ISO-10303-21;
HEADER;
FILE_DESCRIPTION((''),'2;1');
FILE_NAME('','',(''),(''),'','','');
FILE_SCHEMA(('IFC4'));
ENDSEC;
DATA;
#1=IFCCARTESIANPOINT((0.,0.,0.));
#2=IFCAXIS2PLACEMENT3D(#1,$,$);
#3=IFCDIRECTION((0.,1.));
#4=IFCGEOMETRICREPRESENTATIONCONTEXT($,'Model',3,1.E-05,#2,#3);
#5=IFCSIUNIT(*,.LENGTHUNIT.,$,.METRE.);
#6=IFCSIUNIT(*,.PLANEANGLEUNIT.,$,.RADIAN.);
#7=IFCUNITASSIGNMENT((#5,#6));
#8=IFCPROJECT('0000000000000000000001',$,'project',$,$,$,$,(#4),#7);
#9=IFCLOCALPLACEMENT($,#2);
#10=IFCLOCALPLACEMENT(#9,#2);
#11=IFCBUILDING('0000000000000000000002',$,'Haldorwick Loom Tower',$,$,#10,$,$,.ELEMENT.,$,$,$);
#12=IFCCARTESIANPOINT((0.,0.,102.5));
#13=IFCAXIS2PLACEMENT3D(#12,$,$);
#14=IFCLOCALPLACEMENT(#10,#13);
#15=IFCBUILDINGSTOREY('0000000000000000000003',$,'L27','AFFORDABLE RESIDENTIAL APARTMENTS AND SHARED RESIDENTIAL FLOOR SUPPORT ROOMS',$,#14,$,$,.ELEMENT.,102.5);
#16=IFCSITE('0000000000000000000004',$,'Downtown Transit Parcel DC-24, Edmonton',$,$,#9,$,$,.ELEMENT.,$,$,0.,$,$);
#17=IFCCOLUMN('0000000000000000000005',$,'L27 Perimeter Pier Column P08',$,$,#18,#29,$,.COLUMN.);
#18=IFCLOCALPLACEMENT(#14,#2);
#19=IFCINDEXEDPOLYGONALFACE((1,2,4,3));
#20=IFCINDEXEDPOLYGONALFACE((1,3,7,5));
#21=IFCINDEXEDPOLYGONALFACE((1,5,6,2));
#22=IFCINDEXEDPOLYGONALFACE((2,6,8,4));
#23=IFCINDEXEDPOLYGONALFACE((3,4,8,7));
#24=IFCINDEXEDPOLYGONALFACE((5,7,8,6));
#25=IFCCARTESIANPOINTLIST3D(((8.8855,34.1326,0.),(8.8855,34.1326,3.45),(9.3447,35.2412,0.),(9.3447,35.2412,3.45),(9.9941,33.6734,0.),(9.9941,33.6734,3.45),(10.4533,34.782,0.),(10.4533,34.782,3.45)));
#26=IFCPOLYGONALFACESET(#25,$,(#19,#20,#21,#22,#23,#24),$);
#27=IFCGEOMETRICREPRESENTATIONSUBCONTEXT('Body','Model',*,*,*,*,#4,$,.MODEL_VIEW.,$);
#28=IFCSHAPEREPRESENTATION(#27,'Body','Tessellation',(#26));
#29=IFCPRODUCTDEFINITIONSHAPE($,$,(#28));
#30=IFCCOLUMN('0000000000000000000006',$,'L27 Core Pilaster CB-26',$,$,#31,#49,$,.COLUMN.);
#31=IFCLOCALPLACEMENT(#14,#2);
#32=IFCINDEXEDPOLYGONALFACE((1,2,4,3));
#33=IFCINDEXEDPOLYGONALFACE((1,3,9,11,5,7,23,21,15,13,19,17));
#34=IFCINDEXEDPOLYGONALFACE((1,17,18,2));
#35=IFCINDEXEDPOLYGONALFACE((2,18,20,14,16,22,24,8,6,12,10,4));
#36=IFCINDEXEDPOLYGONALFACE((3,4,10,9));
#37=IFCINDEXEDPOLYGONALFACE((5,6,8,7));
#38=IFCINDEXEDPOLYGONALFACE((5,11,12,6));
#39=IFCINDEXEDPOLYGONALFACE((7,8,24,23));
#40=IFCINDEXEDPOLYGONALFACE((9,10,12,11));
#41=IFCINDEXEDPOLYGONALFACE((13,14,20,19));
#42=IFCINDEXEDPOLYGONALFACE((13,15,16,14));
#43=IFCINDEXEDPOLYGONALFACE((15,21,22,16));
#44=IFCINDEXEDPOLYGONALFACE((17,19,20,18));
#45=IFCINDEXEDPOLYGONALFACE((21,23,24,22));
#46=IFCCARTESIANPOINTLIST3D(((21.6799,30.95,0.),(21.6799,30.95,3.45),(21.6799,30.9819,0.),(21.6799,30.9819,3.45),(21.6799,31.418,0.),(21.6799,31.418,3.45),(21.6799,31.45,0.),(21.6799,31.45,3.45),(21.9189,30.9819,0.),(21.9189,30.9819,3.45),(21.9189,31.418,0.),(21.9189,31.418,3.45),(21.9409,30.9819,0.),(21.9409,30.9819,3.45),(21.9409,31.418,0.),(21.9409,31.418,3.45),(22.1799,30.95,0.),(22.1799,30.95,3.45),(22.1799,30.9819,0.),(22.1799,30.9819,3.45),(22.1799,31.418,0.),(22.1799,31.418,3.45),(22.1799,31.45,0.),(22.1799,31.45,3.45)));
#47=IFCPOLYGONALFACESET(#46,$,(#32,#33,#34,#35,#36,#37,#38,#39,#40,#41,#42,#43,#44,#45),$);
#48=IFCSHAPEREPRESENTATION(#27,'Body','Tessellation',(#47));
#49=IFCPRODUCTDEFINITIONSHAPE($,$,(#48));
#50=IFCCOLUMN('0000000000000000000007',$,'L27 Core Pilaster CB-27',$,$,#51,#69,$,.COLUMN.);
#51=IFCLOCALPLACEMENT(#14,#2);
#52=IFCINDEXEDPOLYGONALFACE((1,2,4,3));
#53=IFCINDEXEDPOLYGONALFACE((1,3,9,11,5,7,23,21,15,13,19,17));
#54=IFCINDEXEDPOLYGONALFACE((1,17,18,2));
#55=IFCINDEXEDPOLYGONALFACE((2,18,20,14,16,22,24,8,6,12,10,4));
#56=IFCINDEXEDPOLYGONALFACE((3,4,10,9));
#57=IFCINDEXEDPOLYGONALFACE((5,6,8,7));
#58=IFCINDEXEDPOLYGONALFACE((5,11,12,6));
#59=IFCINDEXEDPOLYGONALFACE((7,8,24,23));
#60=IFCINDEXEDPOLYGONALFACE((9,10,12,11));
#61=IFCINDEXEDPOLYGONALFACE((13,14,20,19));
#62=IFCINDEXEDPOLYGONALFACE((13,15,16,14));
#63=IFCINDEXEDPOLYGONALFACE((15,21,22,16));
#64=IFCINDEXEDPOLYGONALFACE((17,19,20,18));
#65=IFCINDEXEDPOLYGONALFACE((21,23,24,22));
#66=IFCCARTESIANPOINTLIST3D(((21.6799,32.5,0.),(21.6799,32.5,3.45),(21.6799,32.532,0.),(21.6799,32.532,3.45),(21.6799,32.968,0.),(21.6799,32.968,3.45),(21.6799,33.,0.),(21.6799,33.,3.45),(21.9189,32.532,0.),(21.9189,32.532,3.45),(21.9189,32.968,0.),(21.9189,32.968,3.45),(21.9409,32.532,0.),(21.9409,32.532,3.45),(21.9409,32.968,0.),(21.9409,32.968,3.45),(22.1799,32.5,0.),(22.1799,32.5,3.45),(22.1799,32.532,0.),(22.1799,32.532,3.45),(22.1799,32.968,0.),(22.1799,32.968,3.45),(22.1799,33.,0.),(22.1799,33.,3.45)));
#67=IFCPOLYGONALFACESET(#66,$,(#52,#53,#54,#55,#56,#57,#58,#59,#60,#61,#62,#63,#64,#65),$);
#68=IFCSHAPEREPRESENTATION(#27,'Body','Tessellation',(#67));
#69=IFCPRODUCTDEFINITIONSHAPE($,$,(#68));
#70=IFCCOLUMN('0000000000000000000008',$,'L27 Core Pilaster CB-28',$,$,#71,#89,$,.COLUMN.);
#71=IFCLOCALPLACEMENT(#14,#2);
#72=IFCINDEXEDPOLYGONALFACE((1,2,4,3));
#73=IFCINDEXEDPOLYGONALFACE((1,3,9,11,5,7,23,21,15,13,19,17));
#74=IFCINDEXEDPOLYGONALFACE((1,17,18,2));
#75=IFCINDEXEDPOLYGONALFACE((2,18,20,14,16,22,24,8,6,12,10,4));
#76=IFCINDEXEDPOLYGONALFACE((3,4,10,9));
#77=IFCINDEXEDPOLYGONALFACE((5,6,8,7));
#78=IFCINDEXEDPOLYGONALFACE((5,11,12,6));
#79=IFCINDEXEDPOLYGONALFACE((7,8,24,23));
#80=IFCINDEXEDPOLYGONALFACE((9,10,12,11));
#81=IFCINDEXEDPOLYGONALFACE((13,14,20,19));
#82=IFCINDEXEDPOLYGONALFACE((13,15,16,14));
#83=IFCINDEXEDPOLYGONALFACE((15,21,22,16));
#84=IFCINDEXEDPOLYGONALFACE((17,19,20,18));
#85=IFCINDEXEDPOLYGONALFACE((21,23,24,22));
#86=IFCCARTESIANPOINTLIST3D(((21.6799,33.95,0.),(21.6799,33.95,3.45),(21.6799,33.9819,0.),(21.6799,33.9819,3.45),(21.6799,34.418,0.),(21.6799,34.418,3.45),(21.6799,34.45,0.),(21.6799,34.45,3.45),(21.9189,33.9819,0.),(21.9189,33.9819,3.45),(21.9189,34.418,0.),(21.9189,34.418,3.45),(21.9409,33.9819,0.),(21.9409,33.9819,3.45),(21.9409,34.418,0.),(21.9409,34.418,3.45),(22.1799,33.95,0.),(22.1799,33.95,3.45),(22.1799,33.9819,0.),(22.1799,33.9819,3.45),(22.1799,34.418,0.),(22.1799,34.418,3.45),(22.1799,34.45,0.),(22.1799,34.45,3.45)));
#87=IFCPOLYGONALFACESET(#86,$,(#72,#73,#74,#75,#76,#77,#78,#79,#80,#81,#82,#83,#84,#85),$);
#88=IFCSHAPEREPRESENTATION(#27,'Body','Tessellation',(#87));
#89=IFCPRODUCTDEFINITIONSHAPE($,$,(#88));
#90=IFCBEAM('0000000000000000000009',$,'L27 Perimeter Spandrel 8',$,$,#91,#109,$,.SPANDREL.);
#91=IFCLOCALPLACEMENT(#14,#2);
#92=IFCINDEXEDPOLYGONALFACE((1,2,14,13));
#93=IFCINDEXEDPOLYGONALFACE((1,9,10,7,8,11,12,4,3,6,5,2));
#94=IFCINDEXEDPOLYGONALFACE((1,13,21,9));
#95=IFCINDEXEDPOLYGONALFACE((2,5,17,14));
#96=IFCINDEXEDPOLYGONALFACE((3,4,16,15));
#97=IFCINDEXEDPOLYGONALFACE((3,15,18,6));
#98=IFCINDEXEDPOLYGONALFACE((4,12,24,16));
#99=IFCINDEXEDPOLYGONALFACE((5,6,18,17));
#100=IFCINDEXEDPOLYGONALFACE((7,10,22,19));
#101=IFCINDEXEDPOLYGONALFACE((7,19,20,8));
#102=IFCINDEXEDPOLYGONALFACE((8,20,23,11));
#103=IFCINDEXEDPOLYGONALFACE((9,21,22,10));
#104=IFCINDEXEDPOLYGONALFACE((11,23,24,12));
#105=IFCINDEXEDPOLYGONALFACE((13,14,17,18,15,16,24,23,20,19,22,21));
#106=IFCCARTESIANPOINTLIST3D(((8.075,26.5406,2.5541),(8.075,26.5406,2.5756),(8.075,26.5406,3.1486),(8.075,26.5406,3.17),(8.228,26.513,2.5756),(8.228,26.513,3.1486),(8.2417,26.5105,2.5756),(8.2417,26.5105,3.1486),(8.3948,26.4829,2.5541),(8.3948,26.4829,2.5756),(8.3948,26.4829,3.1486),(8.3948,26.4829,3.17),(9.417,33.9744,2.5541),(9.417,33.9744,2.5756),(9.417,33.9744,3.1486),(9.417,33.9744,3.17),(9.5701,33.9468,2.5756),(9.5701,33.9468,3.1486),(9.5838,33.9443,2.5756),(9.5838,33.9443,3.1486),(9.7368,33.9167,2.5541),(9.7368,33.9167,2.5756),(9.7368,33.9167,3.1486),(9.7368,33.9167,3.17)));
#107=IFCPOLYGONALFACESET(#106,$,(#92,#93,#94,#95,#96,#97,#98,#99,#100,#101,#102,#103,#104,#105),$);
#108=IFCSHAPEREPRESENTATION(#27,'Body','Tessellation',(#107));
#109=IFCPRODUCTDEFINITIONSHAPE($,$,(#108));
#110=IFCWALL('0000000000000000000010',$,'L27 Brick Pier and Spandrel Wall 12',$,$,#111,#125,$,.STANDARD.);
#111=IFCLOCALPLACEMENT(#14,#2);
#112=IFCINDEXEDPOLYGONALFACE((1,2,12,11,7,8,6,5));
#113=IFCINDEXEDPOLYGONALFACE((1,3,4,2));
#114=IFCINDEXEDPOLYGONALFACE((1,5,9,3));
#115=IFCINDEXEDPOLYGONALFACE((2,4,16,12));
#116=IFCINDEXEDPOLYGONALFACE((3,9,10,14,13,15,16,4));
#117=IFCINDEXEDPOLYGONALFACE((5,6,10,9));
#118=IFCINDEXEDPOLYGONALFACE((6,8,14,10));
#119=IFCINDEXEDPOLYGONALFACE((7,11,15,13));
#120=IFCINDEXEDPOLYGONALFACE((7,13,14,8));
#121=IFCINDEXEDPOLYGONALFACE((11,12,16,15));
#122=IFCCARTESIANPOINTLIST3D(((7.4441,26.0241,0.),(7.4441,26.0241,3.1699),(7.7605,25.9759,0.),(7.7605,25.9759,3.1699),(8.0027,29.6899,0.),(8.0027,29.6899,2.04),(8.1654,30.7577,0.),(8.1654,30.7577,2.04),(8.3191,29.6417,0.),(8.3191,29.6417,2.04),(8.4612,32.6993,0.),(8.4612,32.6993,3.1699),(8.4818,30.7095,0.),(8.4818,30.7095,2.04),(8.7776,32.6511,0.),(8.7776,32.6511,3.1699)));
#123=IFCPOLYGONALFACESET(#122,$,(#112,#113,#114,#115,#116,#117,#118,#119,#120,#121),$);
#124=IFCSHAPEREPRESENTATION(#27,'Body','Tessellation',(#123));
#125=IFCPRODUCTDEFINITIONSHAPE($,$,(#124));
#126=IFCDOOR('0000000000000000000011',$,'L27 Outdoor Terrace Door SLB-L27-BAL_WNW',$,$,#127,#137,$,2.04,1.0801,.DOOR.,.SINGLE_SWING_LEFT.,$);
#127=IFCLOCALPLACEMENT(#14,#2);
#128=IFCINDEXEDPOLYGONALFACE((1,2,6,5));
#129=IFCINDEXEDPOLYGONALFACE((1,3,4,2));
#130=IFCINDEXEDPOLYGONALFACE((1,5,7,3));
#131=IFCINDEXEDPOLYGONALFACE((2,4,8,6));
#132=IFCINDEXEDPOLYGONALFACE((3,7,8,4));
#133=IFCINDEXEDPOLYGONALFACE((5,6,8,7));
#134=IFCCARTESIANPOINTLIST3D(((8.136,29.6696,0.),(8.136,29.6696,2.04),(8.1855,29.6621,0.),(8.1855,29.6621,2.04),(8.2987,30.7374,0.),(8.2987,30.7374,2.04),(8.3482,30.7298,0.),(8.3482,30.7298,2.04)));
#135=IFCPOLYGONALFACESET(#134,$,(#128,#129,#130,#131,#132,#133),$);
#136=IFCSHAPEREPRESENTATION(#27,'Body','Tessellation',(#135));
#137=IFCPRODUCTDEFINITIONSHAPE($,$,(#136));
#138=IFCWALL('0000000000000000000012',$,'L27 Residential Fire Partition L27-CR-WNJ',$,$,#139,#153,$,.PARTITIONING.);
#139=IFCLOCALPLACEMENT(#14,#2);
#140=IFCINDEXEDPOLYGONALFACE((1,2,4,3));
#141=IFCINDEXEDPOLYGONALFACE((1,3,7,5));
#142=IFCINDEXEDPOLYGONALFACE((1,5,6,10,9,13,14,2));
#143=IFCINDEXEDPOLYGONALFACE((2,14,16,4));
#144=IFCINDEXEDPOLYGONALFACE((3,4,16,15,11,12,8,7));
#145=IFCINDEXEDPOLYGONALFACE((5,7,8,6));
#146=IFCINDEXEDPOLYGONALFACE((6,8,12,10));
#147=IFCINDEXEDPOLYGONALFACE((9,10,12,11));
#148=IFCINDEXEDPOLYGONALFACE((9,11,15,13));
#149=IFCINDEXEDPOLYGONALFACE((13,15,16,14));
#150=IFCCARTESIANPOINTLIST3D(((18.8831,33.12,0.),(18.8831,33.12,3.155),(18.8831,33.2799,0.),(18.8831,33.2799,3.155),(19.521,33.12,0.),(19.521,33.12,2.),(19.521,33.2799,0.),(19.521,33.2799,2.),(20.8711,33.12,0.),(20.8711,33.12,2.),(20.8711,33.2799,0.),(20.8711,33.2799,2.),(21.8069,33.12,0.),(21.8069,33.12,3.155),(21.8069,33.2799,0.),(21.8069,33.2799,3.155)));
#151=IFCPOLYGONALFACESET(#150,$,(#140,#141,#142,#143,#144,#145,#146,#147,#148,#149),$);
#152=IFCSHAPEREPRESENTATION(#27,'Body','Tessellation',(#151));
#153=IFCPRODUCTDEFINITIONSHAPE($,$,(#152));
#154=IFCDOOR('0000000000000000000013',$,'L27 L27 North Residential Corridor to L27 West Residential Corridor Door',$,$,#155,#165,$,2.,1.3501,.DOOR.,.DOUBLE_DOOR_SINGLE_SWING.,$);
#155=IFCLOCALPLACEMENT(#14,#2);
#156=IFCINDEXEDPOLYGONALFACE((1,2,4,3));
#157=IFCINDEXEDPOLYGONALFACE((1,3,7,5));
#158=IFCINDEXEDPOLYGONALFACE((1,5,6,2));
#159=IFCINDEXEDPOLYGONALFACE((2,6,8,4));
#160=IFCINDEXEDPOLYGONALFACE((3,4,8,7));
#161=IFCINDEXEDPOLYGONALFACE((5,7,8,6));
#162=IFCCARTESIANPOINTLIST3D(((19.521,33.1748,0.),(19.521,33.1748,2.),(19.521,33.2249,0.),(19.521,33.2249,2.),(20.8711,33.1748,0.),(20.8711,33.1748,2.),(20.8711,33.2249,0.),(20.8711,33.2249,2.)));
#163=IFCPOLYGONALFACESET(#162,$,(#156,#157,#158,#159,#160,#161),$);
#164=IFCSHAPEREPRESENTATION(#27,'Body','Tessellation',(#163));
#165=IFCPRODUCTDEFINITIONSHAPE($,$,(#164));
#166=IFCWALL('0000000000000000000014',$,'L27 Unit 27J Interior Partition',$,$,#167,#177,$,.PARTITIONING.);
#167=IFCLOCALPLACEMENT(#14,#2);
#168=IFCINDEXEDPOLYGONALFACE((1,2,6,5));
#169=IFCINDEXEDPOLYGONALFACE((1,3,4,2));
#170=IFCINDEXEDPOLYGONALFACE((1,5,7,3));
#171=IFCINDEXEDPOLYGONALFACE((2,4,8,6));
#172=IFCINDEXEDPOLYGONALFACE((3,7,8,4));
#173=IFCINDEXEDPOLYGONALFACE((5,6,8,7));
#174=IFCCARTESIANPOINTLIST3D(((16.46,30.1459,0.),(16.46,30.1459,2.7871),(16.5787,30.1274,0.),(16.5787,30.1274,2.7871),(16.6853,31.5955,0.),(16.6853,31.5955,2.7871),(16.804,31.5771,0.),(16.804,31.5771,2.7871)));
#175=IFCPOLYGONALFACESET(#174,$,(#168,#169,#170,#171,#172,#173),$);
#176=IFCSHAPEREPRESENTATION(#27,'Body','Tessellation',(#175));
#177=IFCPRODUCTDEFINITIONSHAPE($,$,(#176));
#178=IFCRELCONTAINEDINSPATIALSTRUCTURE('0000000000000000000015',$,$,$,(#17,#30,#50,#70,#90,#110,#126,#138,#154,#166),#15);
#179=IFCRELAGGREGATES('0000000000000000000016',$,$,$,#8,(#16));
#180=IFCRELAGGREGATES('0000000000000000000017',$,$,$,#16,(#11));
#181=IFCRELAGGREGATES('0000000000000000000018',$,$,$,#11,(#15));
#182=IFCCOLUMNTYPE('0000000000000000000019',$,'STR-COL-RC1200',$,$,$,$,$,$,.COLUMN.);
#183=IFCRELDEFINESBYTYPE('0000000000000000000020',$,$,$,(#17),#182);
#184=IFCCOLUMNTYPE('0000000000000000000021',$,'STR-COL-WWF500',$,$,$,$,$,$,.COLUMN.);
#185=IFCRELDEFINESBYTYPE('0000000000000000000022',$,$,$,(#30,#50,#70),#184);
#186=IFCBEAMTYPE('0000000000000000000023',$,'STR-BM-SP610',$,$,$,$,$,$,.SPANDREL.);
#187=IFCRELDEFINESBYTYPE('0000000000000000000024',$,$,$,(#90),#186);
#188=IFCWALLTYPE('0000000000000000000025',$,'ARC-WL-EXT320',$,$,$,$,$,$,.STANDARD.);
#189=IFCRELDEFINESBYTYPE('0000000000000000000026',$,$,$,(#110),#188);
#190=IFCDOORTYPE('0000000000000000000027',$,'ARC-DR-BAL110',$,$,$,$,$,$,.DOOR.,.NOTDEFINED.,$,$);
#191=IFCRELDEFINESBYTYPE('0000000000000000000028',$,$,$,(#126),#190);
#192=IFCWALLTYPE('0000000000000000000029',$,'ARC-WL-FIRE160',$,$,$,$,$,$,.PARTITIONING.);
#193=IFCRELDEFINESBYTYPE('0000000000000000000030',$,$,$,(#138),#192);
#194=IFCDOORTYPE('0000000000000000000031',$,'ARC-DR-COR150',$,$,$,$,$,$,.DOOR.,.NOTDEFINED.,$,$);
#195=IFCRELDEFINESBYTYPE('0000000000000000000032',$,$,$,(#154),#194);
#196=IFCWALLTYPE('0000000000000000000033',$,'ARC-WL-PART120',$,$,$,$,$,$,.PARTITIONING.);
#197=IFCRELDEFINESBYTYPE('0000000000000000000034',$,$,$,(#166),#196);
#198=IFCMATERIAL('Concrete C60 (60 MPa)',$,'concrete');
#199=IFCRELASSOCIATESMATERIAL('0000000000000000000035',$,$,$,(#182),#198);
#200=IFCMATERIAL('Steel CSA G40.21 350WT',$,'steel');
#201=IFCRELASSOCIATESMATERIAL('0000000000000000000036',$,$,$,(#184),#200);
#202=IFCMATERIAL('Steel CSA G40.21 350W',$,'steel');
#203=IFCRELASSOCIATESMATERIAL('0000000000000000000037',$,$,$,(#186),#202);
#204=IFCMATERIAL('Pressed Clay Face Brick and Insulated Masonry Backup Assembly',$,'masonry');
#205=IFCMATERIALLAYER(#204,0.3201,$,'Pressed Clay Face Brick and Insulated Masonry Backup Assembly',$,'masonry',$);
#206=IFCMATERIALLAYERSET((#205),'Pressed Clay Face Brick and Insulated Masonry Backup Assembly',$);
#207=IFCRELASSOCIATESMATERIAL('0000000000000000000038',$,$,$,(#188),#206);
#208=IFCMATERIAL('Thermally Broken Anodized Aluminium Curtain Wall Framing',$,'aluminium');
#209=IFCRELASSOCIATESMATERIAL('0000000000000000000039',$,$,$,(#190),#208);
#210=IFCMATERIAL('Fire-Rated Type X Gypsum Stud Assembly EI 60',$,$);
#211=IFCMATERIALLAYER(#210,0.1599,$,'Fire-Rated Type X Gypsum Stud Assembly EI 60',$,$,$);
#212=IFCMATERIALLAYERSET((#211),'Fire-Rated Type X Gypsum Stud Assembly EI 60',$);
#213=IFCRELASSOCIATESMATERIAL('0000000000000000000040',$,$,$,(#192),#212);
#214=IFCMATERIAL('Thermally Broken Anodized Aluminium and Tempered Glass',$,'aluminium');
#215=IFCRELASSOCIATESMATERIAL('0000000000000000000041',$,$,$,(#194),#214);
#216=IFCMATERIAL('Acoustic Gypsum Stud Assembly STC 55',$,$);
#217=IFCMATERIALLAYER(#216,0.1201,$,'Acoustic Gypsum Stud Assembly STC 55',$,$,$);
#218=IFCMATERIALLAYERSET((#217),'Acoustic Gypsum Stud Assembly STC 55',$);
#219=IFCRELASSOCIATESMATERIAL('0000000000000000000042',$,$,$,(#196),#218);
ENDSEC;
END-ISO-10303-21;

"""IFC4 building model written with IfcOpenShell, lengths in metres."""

from ifc_helpers import new_model, si_unit, direction, frame, frame_2d, origin, origin_2d, place, context, subcontext, project, spatial, rectangle, i_section, extrude, material, layer, layer_set, material_profile, profile_set, type_object, element, fill, save


model = new_model("IFC4")

# Units and contexts
model_context = context("Model", 3, precision=1e-05, world=origin(), true_north=direction((0.0, 1.0)))
body_context = subcontext(model_context, "Body", "Model", "MODEL_VIEW")
ifc_project = project(units=[si_unit("LENGTHUNIT", "METRE"), si_unit("PLANEANGLEUNIT", "RADIAN")], contexts=[model_context])

# Site, building, storey
site_placement = place(None, origin())
site = spatial("IfcSite", under=ifc_project, at=site_placement, Name="Downtown Transit Parcel DC-24, Edmonton", CompositionType="ELEMENT", RefElevation=0.0)
building_placement = place(site_placement, origin())
building = spatial("IfcBuilding", under=site, at=building_placement, Name="Haldorwick Loom Tower", CompositionType="ELEMENT")
storey_placement = place(building_placement, frame((0.0, 0.0, 102.5)))
storey = spatial("IfcBuildingStorey", under=building, at=storey_placement, Name="L27", Description="AFFORDABLE RESIDENTIAL APARTMENTS AND SHARED RESIDENTIAL FLOOR SUPPORT ROOMS", CompositionType="ELEMENT", Elevation=102.5)

# Columns
ifc_material_1 = material(Name="Concrete C60 (60 MPa)", Category="concrete")
ifc_material_profile_1 = material_profile(ifc_material_1, rectangle(XDim=1.2, YDim=1.2, at=origin_2d()), Name="RC1200X1200", Category="concrete")
ifc_profile_set_1 = profile_set([ifc_material_profile_1], Name="Concrete C60 (60 MPa)")
column_type_1 = type_object("IfcColumnType", Name="STR-COL-RC1200", PredefinedType="COLUMN", material=ifc_profile_set_1)
column_placement = place(storey_placement, frame((9.6694, 34.4573, 0.0), z_axis=(0.0, 0.0, 1.0), x_axis=(-0.92388, 0.382683, 0.0)))
element("IfcColumn", 1, at=column_placement, inside=storey, type_object=column_type_1, Name="L27 Perimeter Pier Column P08", PredefinedType="COLUMN", context=body_context, shape_type="SweptSolid", body=[
    extrude(rectangle(XDim=1.2, YDim=1.2, at=origin_2d()), origin(), (0.0, 0.0, 1.0), 3.45),
])
ifc_material_2 = material(Name="Steel CSA G40.21 350WT", Category="steel")
ifc_material_profile_2 = material_profile(ifc_material_2, i_section(OverallWidth=0.5, OverallDepth=0.5, WebThickness=0.022, FlangeThickness=0.032, at=origin_2d()), Name="WWF500X500", Category="steel")
ifc_profile_set_2 = profile_set([ifc_material_profile_2], Name="Steel CSA G40.21 350WT")
column_type_2 = type_object("IfcColumnType", Name="STR-COL-WWF500", PredefinedType="COLUMN", material=ifc_profile_set_2)
for number, where, z_axis, x_axis, name in (
    (2, (21.9299, 31.2, 0.0), (0.0, 0.0, 1.0), (1.0, 0.0, 0.0), "L27 Core Pilaster CB-26"),
    (3, (21.9299, 32.75, 0.0), (0.0, 0.0, 1.0), (1.0, 0.0, 0.0), "L27 Core Pilaster CB-27"),
    (4, (21.9299, 34.2, 0.0), (0.0, 0.0, 1.0), (1.0, 0.0, 0.0), "L27 Core Pilaster CB-28"),
):
    element("IfcColumn", number, at=place(storey_placement, frame(where, z_axis=z_axis, x_axis=x_axis)), inside=storey, type_object=column_type_2, Name=name, PredefinedType="COLUMN", context=body_context, shape_type="SweptSolid", body=[
        extrude(i_section(OverallWidth=0.5, OverallDepth=0.5, WebThickness=0.022, FlangeThickness=0.032, at=origin_2d()), origin(), (0.0, 0.0, 1.0), 3.45),
    ])

# Beam
ifc_material_3 = material(Name="Steel CSA G40.21 350W", Category="steel")
ifc_material_profile_3 = material_profile(ifc_material_3, i_section(OverallWidth=0.325, OverallDepth=0.616, WebThickness=0.0139, FlangeThickness=0.0215, at=origin_2d()), Name="W610X174", Category="steel")
ifc_profile_set_3 = profile_set([ifc_material_profile_3], Name="Steel CSA G40.21 350W")
beam_type = type_object("IfcBeamType", Name="STR-BM-SP610", PredefinedType="SPANDREL", material=ifc_profile_set_3)
beam_placement = place(storey_placement, frame((9.5769, 33.9456, 2.8621), z_axis=(-0.177659, -0.984092, 0.0), x_axis=(0.984092, -0.177659, 0.0)))
element("IfcBeam", 5, at=beam_placement, inside=storey, type_object=beam_type, Name="L27 Perimeter Spandrel 8", PredefinedType="SPANDREL", context=body_context, shape_type="SweptSolid", body=[
    extrude(i_section(OverallWidth=0.325, OverallDepth=0.616, WebThickness=0.0139, FlangeThickness=0.0215, at=origin_2d()), origin(), (0.0, 0.0, 1.0), 7.554),
])

# Walls, openings, doors
ifc_material_4 = material(Name="Pressed Clay Face Brick and Insulated Masonry Backup Assembly", Category="masonry")
ifc_layer_1 = layer(ifc_material_4, 0.3201, Name="Pressed Clay Face Brick and Insulated Masonry Backup Assembly", Category="masonry")
ifc_layer_set_1 = layer_set([ifc_layer_1], Name="Pressed Clay Face Brick and Insulated Masonry Backup Assembly")
wall_type_1 = type_object("IfcWallType", Name="ARC-WL-EXT320", PredefinedType="STANDARD", material=ifc_layer_set_1)
wall_1_placement = place(storey_placement, frame((8.6194, 32.675, 0.0), z_axis=(0.0, 0.0, 1.0), x_axis=(-0.150633, -0.98859, 0.0)))
wall_1 = element("IfcWall", 6, at=wall_1_placement, inside=storey, type_object=wall_type_1, Name="L27 Brick Pier and Spandrel Wall 12", PredefinedType="STANDARD", context=body_context, shape_type="SweptSolid", body=[
    extrude(rectangle(XDim=6.7522, YDim=0.3201, at=frame_2d((3.376, 0.0))), origin(), (0.0, 0.0, 1.0), 3.1699),
])
opening_1_placement = place(wall_1_placement, frame((1.9639, 0.0, 0.0)))
opening_1 = element("IfcOpeningElement", 7, at=opening_1_placement, cuts=wall_1, PredefinedType="OPENING", context=body_context, shape_type="SweptSolid", body=[
    extrude(rectangle(XDim=1.0801, YDim=2.04, at=frame_2d((0.54, 1.02))), frame((0.0, 0.1699, 0.0), z_axis=(0.0, -1.0, 0.0), x_axis=(1.0, 0.0, 0.0)), (0.0, 0.0, 1.0), 0.3401),
])
ifc_material_5 = material(Name="Thermally Broken Anodized Aluminium Curtain Wall Framing", Category="aluminium")
door_type_1 = type_object("IfcDoorType", Name="ARC-DR-BAL110", OperationType="NOTDEFINED", PredefinedType="DOOR", material=ifc_material_5)
door_1_placement = place(opening_1_placement, origin())
door_1 = element("IfcDoor", 8, at=door_1_placement, inside=storey, type_object=door_type_1, Name="L27 Outdoor Terrace Door SLB-L27-BAL_WNW", OperationType="SINGLE_SWING_LEFT", OverallHeight=2.04, OverallWidth=1.0801, PredefinedType="DOOR", context=body_context, shape_type="SweptSolid", body=[
    extrude(rectangle(XDim=1.0801, YDim=2.04, at=frame_2d((0.54, 1.02))), frame((0.0, 0.0249, 0.0), z_axis=(0.0, -1.0, 0.0), x_axis=(1.0, 0.0, 0.0)), (0.0, 0.0, 1.0), 0.05),
])
fill(opening_1, door_1)
ifc_material_6 = material(Name="Fire-Rated Type X Gypsum Stud Assembly EI 60")
ifc_layer_2 = layer(ifc_material_6, 0.1599, Name="Fire-Rated Type X Gypsum Stud Assembly EI 60")
ifc_layer_set_2 = layer_set([ifc_layer_2], Name="Fire-Rated Type X Gypsum Stud Assembly EI 60")
wall_type_2 = type_object("IfcWallType", Name="ARC-WL-FIRE160", PredefinedType="PARTITIONING", material=ifc_layer_set_2)
wall_2_placement = place(storey_placement, frame((18.8831, 33.2, 0.0), z_axis=(0.0, 0.0, 1.0), x_axis=(1.0, 0.0, 0.0)))
wall_2 = element("IfcWall", 9, at=wall_2_placement, inside=storey, type_object=wall_type_2, Name="L27 Residential Fire Partition L27-CR-WNJ", PredefinedType="PARTITIONING", context=body_context, shape_type="SweptSolid", body=[
    extrude(rectangle(XDim=2.9238, YDim=0.1599, at=frame_2d((1.4619, 0.0))), origin(), (0.0, 0.0, 1.0), 3.155),
])
opening_2_placement = place(wall_2_placement, frame((0.6379, 0.0, 0.0)))
opening_2 = element("IfcOpeningElement", 10, at=opening_2_placement, cuts=wall_2, PredefinedType="OPENING", context=body_context, shape_type="SweptSolid", body=[
    extrude(rectangle(XDim=1.3501, YDim=2.0, at=frame_2d((0.675, 1.0))), frame((0.0, 0.0898, 0.0), z_axis=(0.0, -1.0, 0.0), x_axis=(1.0, 0.0, 0.0)), (0.0, 0.0, 1.0), 0.1799),
])
ifc_material_7 = material(Name="Thermally Broken Anodized Aluminium and Tempered Glass", Category="aluminium")
door_type_2 = type_object("IfcDoorType", Name="ARC-DR-COR150", OperationType="NOTDEFINED", PredefinedType="DOOR", material=ifc_material_7)
door_2_placement = place(opening_2_placement, origin())
door_2 = element("IfcDoor", 11, at=door_2_placement, inside=storey, type_object=door_type_2, Name="L27 L27 North Residential Corridor to L27 West Residential Corridor Door", OperationType="DOUBLE_DOOR_SINGLE_SWING", OverallHeight=2.0, OverallWidth=1.3501, PredefinedType="DOOR", context=body_context, shape_type="SweptSolid", body=[
    extrude(rectangle(XDim=1.3501, YDim=2.0, at=frame_2d((0.675, 1.0))), frame((0.0, 0.0249, 0.0), z_axis=(0.0, -1.0, 0.0), x_axis=(1.0, 0.0, 0.0)), (0.0, 0.0, 1.0), 0.05),
])
fill(opening_2, door_2)

# Wall
ifc_material_8 = material(Name="Acoustic Gypsum Stud Assembly STC 55")
ifc_layer_3 = layer(ifc_material_8, 0.1201, Name="Acoustic Gypsum Stud Assembly STC 55")
ifc_layer_set_3 = layer_set([ifc_layer_3], Name="Acoustic Gypsum Stud Assembly STC 55")
wall_type_3 = type_object("IfcWallType", Name="ARC-WL-PART120", PredefinedType="PARTITIONING", material=ifc_layer_set_3)
wall_3_placement = place(storey_placement, frame((16.7446, 31.5862, 0.0), z_axis=(0.0, 0.0, 1.0), x_axis=(-0.153595, -0.988134, 0.0)))
element("IfcWall", 12, at=wall_3_placement, inside=storey, type_object=wall_type_3, Name="L27 Unit 27J Interior Partition", PredefinedType="PARTITIONING", context=body_context, shape_type="SweptSolid", body=[
    extrude(rectangle(XDim=1.467, YDim=0.1201, at=frame_2d((0.7334, 0.0))), origin(), (0.0, 0.0, 1.0), 2.7871),
])

save(model, "model.ifc")
